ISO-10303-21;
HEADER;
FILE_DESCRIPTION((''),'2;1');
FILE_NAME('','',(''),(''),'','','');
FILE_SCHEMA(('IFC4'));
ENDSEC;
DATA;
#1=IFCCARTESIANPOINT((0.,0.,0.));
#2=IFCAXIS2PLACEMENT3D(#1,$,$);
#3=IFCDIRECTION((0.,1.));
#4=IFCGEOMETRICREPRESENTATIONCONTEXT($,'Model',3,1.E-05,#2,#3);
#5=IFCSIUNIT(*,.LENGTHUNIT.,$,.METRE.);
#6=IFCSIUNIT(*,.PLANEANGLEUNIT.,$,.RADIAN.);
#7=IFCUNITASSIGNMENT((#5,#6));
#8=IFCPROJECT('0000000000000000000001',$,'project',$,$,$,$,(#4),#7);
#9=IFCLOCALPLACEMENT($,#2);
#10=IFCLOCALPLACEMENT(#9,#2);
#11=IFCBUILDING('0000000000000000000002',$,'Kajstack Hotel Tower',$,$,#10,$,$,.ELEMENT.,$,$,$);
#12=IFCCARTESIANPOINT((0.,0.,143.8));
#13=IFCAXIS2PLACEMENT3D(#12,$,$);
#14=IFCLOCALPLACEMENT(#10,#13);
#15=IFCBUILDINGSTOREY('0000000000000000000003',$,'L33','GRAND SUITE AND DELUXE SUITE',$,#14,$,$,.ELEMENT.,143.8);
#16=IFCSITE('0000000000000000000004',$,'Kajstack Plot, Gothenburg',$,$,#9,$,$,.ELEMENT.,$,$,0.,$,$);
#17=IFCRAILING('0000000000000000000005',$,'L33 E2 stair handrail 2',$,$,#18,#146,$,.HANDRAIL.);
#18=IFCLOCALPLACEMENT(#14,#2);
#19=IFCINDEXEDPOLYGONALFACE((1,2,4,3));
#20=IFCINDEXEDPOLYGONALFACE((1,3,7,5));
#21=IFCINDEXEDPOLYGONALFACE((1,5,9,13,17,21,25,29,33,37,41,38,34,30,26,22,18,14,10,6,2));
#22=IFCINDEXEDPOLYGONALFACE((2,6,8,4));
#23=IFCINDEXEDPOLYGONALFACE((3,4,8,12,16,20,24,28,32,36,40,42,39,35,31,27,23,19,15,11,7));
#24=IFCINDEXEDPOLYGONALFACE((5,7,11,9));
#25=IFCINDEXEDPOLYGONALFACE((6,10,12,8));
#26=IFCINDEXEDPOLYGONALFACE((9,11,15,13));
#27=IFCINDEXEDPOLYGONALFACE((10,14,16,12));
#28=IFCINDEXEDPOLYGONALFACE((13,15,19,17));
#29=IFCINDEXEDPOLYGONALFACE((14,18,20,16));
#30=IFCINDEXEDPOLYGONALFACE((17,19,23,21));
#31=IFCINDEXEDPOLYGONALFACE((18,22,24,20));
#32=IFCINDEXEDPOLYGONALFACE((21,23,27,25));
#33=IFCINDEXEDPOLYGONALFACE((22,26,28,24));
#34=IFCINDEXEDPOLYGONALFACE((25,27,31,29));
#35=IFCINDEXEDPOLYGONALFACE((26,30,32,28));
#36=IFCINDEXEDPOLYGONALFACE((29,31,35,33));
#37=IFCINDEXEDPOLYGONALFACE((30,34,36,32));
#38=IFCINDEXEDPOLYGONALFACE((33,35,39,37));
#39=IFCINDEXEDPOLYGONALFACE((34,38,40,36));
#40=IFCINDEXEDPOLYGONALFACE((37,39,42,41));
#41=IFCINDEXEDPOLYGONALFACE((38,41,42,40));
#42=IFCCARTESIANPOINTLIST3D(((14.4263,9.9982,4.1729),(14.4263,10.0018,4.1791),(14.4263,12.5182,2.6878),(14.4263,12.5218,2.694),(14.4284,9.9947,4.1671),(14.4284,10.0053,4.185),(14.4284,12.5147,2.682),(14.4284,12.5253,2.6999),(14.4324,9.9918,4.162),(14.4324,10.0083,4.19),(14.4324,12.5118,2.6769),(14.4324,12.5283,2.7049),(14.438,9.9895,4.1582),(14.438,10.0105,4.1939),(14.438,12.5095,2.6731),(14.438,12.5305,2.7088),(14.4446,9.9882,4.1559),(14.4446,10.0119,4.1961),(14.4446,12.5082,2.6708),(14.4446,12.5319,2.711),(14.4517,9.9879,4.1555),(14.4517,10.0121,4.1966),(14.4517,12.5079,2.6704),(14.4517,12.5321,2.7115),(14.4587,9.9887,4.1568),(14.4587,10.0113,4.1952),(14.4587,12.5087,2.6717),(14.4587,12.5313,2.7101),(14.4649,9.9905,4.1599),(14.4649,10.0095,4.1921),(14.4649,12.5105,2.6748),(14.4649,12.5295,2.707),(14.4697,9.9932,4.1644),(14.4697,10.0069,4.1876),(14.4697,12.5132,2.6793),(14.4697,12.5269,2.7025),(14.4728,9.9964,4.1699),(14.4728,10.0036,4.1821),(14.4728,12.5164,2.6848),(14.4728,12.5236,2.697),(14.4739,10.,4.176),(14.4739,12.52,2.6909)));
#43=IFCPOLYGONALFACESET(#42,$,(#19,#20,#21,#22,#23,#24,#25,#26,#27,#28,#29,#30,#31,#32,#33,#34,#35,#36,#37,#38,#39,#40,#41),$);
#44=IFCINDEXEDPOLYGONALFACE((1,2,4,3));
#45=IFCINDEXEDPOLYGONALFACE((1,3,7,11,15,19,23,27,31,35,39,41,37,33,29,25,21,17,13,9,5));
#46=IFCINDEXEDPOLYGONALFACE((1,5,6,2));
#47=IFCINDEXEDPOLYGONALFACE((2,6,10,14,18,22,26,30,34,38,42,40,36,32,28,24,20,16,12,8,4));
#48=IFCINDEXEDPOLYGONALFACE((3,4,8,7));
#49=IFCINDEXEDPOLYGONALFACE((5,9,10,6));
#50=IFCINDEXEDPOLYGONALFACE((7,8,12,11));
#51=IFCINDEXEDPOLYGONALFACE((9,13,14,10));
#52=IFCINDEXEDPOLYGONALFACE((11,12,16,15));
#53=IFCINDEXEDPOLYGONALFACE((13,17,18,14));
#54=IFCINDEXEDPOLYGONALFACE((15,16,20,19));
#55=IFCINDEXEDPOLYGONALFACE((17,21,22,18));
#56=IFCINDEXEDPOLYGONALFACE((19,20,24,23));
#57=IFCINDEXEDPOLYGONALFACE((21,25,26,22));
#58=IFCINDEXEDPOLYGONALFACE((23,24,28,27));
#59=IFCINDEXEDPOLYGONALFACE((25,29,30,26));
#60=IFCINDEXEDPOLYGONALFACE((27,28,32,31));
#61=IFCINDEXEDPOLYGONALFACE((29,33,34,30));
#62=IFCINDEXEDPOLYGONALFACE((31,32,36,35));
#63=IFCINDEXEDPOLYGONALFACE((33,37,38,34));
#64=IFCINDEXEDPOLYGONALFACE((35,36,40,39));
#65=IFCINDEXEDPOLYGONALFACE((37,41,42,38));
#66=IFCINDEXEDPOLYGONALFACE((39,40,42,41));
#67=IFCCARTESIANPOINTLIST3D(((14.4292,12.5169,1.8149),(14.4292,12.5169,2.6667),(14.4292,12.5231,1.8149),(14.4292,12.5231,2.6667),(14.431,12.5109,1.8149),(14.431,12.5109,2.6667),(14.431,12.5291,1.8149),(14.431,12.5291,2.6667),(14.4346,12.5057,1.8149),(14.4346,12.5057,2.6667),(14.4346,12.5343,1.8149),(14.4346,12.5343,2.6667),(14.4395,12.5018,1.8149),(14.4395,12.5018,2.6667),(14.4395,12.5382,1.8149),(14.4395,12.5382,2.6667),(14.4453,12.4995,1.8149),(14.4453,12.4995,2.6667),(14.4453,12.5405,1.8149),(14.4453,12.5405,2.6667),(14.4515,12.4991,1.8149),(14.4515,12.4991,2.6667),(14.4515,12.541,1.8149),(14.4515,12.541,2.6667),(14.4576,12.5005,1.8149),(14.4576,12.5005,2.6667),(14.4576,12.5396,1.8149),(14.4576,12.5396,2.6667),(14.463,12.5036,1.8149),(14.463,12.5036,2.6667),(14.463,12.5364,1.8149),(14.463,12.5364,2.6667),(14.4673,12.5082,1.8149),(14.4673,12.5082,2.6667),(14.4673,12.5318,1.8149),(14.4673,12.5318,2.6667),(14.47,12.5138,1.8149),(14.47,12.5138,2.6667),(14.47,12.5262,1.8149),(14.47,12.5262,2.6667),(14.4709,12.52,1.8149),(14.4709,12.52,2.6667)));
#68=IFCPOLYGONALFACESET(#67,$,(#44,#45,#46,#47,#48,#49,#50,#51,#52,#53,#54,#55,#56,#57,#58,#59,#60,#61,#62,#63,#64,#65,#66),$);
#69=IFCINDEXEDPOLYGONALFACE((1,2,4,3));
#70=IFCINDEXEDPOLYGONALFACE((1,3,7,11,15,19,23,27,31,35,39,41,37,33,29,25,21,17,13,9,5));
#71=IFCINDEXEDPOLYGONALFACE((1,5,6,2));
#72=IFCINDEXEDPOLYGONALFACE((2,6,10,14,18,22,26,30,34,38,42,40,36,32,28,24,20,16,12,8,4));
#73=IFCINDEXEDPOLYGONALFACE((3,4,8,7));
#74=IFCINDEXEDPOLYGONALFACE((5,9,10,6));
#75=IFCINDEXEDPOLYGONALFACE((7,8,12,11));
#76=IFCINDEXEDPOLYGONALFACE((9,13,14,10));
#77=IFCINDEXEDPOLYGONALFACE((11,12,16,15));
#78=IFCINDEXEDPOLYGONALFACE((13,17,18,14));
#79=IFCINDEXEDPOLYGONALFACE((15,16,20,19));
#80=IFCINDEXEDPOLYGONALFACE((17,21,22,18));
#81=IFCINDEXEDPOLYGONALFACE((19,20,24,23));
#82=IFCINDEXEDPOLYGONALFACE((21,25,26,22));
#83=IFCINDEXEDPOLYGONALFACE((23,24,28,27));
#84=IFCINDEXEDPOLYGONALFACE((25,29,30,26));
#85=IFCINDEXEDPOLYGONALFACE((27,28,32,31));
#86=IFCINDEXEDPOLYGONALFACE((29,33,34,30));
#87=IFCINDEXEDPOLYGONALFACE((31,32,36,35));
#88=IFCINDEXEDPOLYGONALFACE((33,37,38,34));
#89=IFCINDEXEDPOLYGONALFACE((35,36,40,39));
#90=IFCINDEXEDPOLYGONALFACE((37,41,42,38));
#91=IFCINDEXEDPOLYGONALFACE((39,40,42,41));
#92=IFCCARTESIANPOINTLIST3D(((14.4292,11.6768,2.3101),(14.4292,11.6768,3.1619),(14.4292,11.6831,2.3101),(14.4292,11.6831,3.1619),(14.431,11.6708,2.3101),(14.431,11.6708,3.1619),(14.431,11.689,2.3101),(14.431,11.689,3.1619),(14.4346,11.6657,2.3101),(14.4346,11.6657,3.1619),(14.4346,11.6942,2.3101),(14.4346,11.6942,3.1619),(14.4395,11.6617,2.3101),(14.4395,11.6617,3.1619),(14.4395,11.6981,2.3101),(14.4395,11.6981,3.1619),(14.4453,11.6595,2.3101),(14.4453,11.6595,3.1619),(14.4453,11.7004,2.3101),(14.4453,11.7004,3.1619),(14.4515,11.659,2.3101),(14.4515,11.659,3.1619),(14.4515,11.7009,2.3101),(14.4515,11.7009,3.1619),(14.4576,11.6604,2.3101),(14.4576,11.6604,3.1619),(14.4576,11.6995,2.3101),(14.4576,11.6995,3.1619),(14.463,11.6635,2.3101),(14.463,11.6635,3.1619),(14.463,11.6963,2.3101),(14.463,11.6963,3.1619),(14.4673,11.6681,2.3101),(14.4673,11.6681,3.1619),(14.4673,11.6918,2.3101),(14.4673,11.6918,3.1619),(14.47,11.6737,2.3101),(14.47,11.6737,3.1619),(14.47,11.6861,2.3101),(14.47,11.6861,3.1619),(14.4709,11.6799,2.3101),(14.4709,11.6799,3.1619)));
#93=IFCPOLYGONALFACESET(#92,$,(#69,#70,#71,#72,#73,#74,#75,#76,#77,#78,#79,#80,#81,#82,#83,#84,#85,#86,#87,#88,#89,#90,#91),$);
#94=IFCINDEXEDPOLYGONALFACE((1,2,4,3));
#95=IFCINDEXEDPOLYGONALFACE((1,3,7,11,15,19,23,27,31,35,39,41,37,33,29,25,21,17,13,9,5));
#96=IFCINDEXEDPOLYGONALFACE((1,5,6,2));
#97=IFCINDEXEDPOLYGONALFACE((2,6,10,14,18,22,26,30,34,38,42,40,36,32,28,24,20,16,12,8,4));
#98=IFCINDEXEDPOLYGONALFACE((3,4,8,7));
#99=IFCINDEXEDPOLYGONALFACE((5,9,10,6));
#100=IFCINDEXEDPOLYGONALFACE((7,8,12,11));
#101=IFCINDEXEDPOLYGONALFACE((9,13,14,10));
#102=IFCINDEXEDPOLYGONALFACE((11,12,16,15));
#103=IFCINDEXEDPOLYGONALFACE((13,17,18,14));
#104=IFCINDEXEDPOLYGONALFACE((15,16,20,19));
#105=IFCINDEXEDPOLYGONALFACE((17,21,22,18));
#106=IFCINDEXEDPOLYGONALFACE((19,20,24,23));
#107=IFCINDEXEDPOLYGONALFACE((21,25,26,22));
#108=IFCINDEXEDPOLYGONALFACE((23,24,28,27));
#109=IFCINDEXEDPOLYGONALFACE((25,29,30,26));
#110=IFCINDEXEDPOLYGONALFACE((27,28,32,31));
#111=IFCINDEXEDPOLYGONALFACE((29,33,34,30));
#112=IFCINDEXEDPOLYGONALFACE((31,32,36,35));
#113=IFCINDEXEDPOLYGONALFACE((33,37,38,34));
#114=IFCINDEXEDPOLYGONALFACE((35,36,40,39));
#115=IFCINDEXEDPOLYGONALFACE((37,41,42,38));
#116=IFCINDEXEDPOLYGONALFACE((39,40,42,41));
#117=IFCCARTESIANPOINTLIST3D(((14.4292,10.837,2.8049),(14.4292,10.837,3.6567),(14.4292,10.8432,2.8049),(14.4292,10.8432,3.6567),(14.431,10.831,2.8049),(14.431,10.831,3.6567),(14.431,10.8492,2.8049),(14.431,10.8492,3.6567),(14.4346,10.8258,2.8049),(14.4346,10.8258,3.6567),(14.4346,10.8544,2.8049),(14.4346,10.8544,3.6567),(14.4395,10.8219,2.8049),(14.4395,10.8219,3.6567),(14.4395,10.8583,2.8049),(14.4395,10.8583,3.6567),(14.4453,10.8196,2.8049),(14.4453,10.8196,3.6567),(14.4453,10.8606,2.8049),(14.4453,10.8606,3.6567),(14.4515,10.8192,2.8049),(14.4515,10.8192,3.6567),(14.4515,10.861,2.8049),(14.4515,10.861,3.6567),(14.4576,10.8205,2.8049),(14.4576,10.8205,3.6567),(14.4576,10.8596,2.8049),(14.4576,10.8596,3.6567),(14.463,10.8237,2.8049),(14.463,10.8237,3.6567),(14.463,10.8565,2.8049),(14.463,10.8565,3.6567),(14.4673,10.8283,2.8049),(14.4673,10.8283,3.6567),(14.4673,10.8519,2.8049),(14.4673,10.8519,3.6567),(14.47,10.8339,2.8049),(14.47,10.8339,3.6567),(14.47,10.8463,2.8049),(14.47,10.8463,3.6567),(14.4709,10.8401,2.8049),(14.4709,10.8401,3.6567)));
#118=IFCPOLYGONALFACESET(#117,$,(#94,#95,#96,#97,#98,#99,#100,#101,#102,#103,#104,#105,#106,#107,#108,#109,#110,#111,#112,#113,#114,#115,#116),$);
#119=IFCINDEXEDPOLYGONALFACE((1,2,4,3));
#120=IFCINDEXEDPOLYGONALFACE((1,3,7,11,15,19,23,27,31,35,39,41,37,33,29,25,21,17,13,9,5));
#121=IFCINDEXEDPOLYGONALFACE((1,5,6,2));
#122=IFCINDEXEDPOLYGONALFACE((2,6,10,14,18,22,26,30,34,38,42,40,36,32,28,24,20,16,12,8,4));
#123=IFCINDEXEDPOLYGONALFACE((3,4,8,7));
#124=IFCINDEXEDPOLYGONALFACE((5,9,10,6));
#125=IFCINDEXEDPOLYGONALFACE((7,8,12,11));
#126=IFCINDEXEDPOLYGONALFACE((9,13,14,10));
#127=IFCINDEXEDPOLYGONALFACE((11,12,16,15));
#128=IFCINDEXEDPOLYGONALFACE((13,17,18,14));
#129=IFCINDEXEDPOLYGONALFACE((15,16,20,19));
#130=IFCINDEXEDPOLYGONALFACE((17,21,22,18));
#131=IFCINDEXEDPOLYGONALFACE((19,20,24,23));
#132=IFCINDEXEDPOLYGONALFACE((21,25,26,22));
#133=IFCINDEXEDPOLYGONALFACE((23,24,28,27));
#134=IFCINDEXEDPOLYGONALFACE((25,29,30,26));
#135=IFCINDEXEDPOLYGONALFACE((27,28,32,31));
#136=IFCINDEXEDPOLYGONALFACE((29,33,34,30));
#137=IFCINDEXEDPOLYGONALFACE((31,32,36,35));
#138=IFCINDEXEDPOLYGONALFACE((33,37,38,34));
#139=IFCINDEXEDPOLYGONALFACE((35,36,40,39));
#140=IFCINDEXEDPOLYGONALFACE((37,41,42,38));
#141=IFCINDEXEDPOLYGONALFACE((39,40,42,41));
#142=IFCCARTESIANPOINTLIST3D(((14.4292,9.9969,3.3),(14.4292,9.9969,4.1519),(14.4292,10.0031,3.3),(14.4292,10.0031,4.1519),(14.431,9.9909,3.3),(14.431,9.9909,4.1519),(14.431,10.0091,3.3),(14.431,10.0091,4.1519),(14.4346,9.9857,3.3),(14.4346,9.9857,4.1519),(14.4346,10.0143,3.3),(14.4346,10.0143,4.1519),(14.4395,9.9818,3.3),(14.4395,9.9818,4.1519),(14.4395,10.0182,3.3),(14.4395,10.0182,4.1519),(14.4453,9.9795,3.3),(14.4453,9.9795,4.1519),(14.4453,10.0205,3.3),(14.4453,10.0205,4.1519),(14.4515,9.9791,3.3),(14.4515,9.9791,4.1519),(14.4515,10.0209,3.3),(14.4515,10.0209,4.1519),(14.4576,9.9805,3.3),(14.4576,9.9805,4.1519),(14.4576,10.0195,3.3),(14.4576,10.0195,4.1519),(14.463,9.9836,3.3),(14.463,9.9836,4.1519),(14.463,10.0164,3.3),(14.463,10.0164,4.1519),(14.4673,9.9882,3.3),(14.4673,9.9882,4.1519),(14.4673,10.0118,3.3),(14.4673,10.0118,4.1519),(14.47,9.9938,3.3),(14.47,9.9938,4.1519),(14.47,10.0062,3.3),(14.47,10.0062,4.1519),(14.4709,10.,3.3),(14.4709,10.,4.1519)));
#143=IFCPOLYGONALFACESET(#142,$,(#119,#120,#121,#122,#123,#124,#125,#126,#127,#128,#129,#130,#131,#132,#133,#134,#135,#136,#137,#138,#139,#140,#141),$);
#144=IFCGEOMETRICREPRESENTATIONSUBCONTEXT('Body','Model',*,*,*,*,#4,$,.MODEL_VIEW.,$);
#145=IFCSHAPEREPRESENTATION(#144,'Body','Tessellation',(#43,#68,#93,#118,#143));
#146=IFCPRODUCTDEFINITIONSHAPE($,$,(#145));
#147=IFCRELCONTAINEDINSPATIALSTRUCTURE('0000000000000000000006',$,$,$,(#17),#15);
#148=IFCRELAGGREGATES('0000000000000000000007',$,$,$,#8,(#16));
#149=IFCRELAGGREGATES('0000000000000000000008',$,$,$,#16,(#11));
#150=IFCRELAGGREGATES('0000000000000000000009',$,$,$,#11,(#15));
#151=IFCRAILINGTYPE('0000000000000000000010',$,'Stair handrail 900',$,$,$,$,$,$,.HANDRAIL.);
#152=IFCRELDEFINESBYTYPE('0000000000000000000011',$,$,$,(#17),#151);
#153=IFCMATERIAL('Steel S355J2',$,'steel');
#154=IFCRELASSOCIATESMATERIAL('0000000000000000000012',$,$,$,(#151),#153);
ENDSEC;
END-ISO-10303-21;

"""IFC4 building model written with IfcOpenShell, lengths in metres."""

from ifc_helpers import new_model, si_unit, direction, frame, origin, origin_2d, place, context, subcontext, project, spatial, circle, extrude, material, type_object, element, save


model = new_model("IFC4")

# Units and contexts
model_context = context("Model", 3, precision=1e-05, world=origin(), true_north=direction((0.0, 1.0)))
body_context = subcontext(model_context, "Body", "Model", "MODEL_VIEW")
ifc_project = project(units=[si_unit("LENGTHUNIT", "METRE"), si_unit("PLANEANGLEUNIT", "RADIAN")], contexts=[model_context])

# Site, building, storey
site_placement = place(None, origin())
site = spatial("IfcSite", under=ifc_project, at=site_placement, Name="Kajstack Plot, Gothenburg", CompositionType="ELEMENT", RefElevation=0.0)
building_placement = place(site_placement, origin())
building = spatial("IfcBuilding", under=site, at=building_placement, Name="Kajstack Hotel Tower", CompositionType="ELEMENT")
storey_placement = place(building_placement, frame((0.0, 0.0, 143.8)))
storey = spatial("IfcBuildingStorey", under=building, at=storey_placement, Name="L33", Description="GRAND SUITE AND DELUXE SUITE", CompositionType="ELEMENT", Elevation=143.8)

# Railing
ifc_material_1 = material(Name="Steel S355J2", Category="steel")
railing_type = type_object("IfcRailingType", Name="Stair handrail 900", PredefinedType="HANDRAIL", material=ifc_material_1)
railing_placement = place(storey_placement, frame((14.45, 12.52, 1.8149)))
element("IfcRailing", 1, at=railing_placement, inside=storey, type_object=railing_type, Name="L33 E2 stair handrail 2", PredefinedType="HANDRAIL", context=body_context, shape_type="SweptSolid", body=[
    extrude(circle(Radius=0.0239, at=origin_2d()), frame((0.0, 0.0, 0.876), z_axis=(0.0, -0.861524, 0.507717), x_axis=(1.0, 0.0, 0.0)), (0.0, 0.0, 1.0), 2.925),
    extrude(circle(Radius=0.021, at=origin_2d()), origin(), (0.0, 0.0, 1.0), 0.8518),
    extrude(circle(Radius=0.021, at=origin_2d()), frame((0.0, -0.8401, 0.4951)), (0.0, 0.0, 1.0), 0.8518),
    extrude(circle(Radius=0.021, at=origin_2d()), frame((0.0, -1.6799, 0.99)), (0.0, 0.0, 1.0), 0.8518),
    extrude(circle(Radius=0.021, at=origin_2d()), frame((0.0, -2.52, 1.4851)), (0.0, 0.0, 1.0), 0.8518),
])

save(model, "model.ifc")
